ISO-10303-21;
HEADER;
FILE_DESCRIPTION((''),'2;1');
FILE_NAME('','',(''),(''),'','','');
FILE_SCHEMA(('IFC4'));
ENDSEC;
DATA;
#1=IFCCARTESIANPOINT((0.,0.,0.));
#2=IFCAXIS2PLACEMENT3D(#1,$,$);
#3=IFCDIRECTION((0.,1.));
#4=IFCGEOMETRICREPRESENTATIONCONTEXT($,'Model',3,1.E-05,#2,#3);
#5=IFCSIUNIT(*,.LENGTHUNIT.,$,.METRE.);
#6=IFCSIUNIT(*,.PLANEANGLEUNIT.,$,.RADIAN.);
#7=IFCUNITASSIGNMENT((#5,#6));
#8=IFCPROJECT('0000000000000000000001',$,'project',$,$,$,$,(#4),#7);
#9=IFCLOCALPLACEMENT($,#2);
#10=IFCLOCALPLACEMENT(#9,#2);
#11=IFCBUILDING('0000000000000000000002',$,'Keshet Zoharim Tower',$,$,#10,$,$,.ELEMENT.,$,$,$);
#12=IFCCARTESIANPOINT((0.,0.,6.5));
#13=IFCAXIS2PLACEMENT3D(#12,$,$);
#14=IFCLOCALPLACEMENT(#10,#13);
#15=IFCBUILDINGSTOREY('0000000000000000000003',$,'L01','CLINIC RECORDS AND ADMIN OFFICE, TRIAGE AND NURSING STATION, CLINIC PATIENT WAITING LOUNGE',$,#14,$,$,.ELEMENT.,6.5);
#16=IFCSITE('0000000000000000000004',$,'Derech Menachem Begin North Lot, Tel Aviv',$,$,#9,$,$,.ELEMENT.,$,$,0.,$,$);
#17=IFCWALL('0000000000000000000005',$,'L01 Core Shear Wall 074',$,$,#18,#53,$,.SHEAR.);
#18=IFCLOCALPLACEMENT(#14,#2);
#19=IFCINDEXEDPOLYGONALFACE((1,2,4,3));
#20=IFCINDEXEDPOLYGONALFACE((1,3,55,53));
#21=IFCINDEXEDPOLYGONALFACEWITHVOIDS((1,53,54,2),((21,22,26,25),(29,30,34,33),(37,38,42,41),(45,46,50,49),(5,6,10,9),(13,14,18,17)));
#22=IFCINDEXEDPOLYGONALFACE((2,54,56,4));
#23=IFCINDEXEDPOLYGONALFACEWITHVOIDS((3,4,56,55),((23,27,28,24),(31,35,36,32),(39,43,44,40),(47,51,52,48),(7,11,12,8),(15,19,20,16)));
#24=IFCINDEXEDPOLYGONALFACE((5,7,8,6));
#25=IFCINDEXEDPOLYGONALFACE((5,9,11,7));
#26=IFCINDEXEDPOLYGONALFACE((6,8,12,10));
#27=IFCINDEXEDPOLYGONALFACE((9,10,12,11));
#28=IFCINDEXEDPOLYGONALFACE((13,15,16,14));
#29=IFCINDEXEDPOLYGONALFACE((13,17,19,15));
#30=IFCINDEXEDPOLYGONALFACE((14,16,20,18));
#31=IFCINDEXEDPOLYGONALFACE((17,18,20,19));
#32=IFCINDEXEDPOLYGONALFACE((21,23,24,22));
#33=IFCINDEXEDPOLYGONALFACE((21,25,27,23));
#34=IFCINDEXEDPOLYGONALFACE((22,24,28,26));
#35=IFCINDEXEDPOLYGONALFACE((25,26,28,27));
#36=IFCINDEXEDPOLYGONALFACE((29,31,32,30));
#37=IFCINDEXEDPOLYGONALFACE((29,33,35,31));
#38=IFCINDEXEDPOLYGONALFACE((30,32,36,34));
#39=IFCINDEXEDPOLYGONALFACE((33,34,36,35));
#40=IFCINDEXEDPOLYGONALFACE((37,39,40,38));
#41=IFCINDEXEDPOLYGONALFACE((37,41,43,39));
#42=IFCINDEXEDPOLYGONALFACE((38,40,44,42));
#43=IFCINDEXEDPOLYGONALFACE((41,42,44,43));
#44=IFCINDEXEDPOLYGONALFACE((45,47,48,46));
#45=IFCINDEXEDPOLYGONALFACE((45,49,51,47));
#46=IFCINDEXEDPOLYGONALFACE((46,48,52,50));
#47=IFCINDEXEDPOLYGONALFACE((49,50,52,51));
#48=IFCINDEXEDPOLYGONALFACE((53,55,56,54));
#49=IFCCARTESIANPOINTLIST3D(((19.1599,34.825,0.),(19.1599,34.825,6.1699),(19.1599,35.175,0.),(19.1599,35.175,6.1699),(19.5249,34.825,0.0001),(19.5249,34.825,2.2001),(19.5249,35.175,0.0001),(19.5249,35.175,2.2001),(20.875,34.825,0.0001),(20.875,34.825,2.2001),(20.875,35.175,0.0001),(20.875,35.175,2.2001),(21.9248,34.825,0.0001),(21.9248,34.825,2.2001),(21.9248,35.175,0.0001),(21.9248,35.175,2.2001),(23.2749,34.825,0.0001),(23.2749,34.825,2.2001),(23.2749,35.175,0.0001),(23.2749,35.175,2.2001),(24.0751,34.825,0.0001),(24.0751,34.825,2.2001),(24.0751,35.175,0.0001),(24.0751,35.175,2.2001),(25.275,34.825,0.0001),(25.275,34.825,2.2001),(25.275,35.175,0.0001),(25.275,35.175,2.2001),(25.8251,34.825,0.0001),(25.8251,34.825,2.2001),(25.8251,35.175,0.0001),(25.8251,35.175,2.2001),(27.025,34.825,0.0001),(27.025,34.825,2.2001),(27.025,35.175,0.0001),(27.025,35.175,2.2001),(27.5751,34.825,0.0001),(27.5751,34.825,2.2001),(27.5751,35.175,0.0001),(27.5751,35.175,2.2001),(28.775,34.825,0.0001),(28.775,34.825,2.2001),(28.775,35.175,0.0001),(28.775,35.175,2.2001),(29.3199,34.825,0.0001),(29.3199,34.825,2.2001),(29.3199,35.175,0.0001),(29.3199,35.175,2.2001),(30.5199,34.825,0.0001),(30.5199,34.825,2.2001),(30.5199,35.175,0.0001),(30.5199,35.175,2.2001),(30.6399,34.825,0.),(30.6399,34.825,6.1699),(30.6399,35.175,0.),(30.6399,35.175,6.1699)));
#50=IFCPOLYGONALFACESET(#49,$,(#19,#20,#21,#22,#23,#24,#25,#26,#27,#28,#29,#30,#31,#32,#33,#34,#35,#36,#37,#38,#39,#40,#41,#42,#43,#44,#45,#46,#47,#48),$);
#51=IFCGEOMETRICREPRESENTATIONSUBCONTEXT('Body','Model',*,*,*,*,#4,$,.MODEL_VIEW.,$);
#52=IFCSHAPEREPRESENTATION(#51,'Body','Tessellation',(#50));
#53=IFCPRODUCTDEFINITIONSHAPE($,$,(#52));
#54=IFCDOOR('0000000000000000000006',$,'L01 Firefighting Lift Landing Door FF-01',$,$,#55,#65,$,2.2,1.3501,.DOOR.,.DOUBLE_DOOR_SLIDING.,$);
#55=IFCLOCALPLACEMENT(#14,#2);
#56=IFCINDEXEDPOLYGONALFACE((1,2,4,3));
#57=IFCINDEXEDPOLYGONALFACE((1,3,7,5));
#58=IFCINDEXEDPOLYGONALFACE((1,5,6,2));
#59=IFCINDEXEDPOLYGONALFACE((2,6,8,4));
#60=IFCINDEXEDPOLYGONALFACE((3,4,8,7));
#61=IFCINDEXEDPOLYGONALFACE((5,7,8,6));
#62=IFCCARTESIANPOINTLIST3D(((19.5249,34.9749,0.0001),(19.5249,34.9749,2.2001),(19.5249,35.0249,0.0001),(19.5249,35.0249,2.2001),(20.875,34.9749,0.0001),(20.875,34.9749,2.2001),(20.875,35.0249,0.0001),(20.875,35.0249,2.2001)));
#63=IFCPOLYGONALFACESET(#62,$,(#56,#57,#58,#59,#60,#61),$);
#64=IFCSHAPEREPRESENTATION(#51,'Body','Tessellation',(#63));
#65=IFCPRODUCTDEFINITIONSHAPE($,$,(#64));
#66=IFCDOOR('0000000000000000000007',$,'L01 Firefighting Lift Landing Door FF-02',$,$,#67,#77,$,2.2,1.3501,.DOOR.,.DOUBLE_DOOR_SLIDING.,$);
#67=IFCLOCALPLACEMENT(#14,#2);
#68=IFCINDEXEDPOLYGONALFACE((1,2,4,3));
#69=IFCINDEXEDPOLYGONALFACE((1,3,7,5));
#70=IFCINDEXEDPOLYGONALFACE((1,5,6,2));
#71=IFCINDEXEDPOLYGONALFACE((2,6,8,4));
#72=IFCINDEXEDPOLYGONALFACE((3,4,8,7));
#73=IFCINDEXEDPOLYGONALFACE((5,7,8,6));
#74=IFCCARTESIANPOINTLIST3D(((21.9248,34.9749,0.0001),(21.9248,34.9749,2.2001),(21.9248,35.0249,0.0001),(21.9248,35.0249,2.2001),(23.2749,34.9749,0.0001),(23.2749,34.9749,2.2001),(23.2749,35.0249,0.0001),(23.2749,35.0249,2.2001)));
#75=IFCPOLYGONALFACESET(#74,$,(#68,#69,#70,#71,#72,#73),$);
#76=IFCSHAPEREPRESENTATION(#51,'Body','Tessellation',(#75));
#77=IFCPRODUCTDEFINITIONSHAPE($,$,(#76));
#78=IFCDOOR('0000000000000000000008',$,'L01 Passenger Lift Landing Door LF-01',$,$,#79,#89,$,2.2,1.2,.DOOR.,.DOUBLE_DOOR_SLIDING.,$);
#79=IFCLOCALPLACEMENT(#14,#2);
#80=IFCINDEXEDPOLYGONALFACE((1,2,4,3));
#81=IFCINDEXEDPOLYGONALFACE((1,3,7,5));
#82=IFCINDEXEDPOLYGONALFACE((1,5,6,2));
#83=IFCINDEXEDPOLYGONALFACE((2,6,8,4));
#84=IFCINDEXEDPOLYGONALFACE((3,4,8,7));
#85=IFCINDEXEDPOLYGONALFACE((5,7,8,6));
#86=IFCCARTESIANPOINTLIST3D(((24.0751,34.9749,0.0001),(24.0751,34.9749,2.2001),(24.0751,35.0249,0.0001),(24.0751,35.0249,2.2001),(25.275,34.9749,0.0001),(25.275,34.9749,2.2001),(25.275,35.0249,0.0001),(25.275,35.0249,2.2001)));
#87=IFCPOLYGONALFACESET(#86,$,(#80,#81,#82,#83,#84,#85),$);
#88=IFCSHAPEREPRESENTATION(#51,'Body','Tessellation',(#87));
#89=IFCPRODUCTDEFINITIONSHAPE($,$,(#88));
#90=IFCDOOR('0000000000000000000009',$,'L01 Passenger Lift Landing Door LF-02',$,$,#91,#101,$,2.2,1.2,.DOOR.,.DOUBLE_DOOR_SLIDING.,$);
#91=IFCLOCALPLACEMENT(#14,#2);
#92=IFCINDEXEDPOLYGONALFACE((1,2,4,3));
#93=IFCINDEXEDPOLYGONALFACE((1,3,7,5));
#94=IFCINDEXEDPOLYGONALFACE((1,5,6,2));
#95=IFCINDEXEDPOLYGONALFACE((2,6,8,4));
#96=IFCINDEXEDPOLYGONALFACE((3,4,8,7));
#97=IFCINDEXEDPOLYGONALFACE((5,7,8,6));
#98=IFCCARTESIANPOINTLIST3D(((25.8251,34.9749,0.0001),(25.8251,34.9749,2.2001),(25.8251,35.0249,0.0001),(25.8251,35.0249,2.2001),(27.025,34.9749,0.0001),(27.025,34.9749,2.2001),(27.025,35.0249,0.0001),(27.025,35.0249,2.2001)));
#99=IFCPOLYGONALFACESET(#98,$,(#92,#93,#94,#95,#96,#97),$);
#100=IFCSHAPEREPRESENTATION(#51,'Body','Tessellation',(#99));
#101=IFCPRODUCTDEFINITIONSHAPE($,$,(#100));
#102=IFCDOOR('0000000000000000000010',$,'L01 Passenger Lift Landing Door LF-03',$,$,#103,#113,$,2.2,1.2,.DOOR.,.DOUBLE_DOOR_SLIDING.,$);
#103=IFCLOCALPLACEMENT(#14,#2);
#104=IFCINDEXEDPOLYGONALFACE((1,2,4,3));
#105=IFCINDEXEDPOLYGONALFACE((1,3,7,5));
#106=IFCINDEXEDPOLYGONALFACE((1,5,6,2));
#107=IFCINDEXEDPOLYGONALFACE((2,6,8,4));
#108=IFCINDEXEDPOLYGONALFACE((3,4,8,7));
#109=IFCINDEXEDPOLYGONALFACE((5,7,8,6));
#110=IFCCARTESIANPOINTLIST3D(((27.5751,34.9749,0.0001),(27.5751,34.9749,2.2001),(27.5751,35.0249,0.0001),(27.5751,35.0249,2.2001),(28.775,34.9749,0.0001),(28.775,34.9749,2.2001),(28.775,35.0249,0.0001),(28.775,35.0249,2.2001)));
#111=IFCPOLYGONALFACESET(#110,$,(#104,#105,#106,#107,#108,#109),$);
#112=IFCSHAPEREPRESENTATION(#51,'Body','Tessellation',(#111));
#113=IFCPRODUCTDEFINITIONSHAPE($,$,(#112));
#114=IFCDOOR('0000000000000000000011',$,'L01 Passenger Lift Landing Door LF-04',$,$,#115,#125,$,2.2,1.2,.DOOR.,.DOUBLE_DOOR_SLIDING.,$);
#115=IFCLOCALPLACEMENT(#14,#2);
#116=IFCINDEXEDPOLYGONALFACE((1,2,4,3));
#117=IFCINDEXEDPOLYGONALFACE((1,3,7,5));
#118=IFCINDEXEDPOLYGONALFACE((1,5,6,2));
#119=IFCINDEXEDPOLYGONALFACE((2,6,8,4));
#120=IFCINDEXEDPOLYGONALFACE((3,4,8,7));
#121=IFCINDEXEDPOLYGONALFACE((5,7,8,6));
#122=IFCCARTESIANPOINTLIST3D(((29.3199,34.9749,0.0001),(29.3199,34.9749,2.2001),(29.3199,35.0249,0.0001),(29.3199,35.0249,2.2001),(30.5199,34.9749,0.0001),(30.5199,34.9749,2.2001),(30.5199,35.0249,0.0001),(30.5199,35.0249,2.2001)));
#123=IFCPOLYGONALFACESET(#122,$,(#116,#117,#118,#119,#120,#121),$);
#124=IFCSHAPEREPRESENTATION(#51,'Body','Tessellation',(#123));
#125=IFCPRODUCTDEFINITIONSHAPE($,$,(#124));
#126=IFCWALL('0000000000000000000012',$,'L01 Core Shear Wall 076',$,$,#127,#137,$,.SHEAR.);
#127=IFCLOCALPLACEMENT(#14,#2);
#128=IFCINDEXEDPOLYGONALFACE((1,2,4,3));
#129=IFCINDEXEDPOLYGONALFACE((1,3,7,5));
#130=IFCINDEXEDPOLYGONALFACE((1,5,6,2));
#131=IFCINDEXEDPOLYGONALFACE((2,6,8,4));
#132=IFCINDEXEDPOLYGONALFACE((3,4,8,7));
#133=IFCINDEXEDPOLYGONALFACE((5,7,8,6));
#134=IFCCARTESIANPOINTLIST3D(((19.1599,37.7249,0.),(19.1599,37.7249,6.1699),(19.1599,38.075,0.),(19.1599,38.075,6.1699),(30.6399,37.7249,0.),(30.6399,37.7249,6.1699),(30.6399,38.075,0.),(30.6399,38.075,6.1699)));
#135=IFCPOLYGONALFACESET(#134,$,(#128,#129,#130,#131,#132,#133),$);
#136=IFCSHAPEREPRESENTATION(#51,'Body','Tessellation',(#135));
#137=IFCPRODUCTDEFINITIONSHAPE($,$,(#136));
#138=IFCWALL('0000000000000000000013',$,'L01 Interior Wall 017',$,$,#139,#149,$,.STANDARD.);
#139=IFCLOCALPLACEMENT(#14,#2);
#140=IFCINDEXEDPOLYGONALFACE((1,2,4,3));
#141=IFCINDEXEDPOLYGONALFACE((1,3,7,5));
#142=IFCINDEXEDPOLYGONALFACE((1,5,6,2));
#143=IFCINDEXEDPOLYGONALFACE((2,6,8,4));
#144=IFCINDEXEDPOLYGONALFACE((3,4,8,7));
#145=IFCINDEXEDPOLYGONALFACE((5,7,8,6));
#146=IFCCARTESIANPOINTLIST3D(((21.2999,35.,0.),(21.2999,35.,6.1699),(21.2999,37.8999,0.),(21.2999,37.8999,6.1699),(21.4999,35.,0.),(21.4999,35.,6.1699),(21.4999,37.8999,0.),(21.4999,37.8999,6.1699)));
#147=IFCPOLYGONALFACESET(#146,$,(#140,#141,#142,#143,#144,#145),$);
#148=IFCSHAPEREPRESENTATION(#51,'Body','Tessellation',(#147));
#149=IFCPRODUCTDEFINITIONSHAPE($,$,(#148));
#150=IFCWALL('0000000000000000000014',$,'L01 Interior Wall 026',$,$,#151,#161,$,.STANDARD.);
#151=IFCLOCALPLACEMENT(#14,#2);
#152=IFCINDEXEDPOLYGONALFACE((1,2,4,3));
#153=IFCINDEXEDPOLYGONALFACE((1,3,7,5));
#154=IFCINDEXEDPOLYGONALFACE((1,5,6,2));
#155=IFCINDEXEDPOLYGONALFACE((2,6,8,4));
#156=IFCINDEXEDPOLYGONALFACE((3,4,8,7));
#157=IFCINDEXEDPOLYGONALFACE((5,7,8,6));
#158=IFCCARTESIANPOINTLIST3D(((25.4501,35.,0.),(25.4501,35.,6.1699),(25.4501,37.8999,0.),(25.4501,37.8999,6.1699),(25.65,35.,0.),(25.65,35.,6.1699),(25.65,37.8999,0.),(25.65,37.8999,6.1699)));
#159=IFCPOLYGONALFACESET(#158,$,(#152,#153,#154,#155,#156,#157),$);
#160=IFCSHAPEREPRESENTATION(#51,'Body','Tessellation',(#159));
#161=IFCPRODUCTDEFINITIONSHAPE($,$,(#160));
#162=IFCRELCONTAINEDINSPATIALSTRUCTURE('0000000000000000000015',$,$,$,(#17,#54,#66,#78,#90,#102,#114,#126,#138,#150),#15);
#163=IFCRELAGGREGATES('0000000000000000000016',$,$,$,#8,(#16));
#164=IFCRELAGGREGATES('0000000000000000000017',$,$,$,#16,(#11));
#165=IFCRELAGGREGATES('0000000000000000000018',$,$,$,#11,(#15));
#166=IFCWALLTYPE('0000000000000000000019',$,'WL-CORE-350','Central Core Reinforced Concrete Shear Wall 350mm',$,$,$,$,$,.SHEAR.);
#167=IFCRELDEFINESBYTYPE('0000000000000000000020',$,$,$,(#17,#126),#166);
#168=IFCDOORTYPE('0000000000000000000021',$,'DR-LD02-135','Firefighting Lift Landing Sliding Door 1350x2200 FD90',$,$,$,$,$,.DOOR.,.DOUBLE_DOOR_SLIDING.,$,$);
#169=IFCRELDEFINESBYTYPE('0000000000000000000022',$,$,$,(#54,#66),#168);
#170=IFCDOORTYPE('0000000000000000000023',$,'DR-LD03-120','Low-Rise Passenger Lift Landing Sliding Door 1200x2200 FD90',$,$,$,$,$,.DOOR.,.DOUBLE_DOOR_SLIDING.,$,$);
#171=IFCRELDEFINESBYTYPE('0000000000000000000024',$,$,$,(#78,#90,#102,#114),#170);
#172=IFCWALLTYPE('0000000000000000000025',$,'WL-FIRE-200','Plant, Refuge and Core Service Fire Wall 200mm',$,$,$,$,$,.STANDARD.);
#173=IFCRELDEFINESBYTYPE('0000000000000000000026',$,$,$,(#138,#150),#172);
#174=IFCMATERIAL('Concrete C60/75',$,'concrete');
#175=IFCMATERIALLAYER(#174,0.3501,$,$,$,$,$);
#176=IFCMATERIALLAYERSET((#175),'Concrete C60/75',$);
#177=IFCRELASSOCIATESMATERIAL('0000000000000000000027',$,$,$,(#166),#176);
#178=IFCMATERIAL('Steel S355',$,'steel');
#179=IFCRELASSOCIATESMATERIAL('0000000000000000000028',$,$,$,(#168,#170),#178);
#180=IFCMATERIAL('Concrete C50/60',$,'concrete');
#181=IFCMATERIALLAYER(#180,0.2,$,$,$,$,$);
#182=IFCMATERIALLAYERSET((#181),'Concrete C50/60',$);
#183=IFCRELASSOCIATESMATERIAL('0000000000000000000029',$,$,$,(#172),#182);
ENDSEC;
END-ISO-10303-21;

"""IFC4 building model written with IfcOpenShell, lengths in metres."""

from ifc_helpers import new_model, si_unit, direction, frame, frame_2d, origin, place, context, subcontext, project, spatial, rectangle, extrude, material, layer, layer_set, type_object, element, fill, save


model = new_model("IFC4")

# Units and contexts
model_context = context("Model", 3, precision=1e-05, world=origin(), true_north=direction((0.0, 1.0)))
body_context = subcontext(model_context, "Body", "Model", "MODEL_VIEW")
ifc_project = project(units=[si_unit("LENGTHUNIT", "METRE"), si_unit("PLANEANGLEUNIT", "RADIAN")], contexts=[model_context])

# Site, building, storey
site_placement = place(None, origin())
site = spatial("IfcSite", under=ifc_project, at=site_placement, Name="Derech Menachem Begin North Lot, Tel Aviv", CompositionType="ELEMENT", RefElevation=0.0)
building_placement = place(site_placement, origin())
building = spatial("IfcBuilding", under=site, at=building_placement, Name="Keshet Zoharim Tower", CompositionType="ELEMENT")
storey_placement = place(building_placement, frame((0.0, 0.0, 6.5)))
storey = spatial("IfcBuildingStorey", under=building, at=storey_placement, Name="L01", Description="CLINIC RECORDS AND ADMIN OFFICE, TRIAGE AND NURSING STATION, CLINIC PATIENT WAITING LOUNGE", CompositionType="ELEMENT", Elevation=6.5)

# Shared definitions
ifc_material_1 = material(Name="Concrete C60/75", Category="concrete")

# Shared definitions
ifc_material_2 = material(Name="Steel S355", Category="steel")
ifc_material_3 = material(Name="Concrete C50/60", Category="concrete")

# Shared definitions
ifc_layer_1 = layer(ifc_material_1, 0.3501)
ifc_layer_set_1 = layer_set([ifc_layer_1], Name="Concrete C60/75")
wall_type_1 = type_object("IfcWallType", Name="WL-CORE-350", Description="Central Core Reinforced Concrete Shear Wall 350mm", PredefinedType="SHEAR", material=ifc_layer_set_1)

# Wall, openings, doors
wall_1_placement = place(storey_placement, frame((19.1599, 35.0, 0.0), z_axis=(0.0, 0.0, 1.0), x_axis=(1.0, 0.0, 0.0)))
wall_1 = element("IfcWall", 1, at=wall_1_placement, inside=storey, type_object=wall_type_1, Name="L01 Core Shear Wall 074", PredefinedType="SHEAR", context=body_context, shape_type="SweptSolid", body=[
    extrude(rectangle(XDim=11.48, YDim=0.3501, at=frame_2d((5.74, 0.0))), origin(), (0.0, 0.0, 1.0), 6.1699),
])
opening_1_placement = place(wall_1_placement, frame((0.365, 0.0, 0.0)))
opening_1 = element("IfcOpeningElement", 2, at=opening_1_placement, cuts=wall_1, PredefinedType="OPENING", context=body_context, shape_type="SweptSolid", body=[
    extrude(rectangle(XDim=1.3501, YDim=2.2, at=frame_2d((0.675, 1.1001))), frame((0.0, 0.1851, 0.0), z_axis=(0.0, -1.0, 0.0), x_axis=(1.0, 0.0, 0.0)), (0.0, 0.0, 1.0), 0.3701),
])
opening_2_placement = place(wall_1_placement, frame((2.7649, 0.0, 0.0)))
opening_2 = element("IfcOpeningElement", 3, at=opening_2_placement, cuts=wall_1, PredefinedType="OPENING", context=body_context, shape_type="SweptSolid", body=[
    extrude(rectangle(XDim=1.3501, YDim=2.2, at=frame_2d((0.675, 1.1001))), frame((0.0, 0.1851, 0.0), z_axis=(0.0, -1.0, 0.0), x_axis=(1.0, 0.0, 0.0)), (0.0, 0.0, 1.0), 0.3701),
])
opening_3_placement = place(wall_1_placement, frame((4.915, 0.0, 0.0)))
opening_3 = element("IfcOpeningElement", 4, at=opening_3_placement, cuts=wall_1, PredefinedType="OPENING", context=body_context, shape_type="SweptSolid", body=[
    extrude(rectangle(XDim=1.2, YDim=2.2, at=frame_2d((0.6001, 1.1001))), frame((0.0, 0.1851, 0.0), z_axis=(0.0, -1.0, 0.0), x_axis=(1.0, 0.0, 0.0)), (0.0, 0.0, 1.0), 0.3701),
])
opening_4_placement = place(wall_1_placement, frame((6.665, 0.0, 0.0)))
opening_4 = element("IfcOpeningElement", 5, at=opening_4_placement, cuts=wall_1, PredefinedType="OPENING", context=body_context, shape_type="SweptSolid", body=[
    extrude(rectangle(XDim=1.2, YDim=2.2, at=frame_2d((0.6001, 1.1001))), frame((0.0, 0.1851, 0.0), z_axis=(0.0, -1.0, 0.0), x_axis=(1.0, 0.0, 0.0)), (0.0, 0.0, 1.0), 0.3701),
])
opening_5_placement = place(wall_1_placement, frame((8.415, 0.0, 0.0)))
opening_5 = element("IfcOpeningElement", 6, at=opening_5_placement, cuts=wall_1, PredefinedType="OPENING", context=body_context, shape_type="SweptSolid", body=[
    extrude(rectangle(XDim=1.2, YDim=2.2, at=frame_2d((0.6001, 1.1001))), frame((0.0, 0.1851, 0.0), z_axis=(0.0, -1.0, 0.0), x_axis=(1.0, 0.0, 0.0)), (0.0, 0.0, 1.0), 0.3701),
])
opening_6_placement = place(wall_1_placement, frame((10.1599, 0.0, 0.0)))
opening_6 = element("IfcOpeningElement", 7, at=opening_6_placement, cuts=wall_1, PredefinedType="OPENING", context=body_context, shape_type="SweptSolid", body=[
    extrude(rectangle(XDim=1.2, YDim=2.2, at=frame_2d((0.6001, 1.1001))), frame((0.0, 0.1851, 0.0), z_axis=(0.0, -1.0, 0.0), x_axis=(1.0, 0.0, 0.0)), (0.0, 0.0, 1.0), 0.3701),
])
door_type_1 = type_object("IfcDoorType", Name="DR-LD02-135", Description="Firefighting Lift Landing Sliding Door 1350x2200 FD90", OperationType="DOUBLE_DOOR_SLIDING", PredefinedType="DOOR", material=ifc_material_2)
door_1_placement = place(opening_1_placement, origin())
door_1 = element("IfcDoor", 8, at=door_1_placement, inside=storey, type_object=door_type_1, Name="L01 Firefighting Lift Landing Door FF-01", OperationType="DOUBLE_DOOR_SLIDING", OverallHeight=2.2, OverallWidth=1.3501, PredefinedType="DOOR", context=body_context, shape_type="SweptSolid", body=[
    extrude(rectangle(XDim=1.3501, YDim=2.2, at=frame_2d((0.675, 1.1001))), frame((0.0, 0.0249, 0.0), z_axis=(0.0, -1.0, 0.0), x_axis=(1.0, 0.0, 0.0)), (0.0, 0.0, 1.0), 0.05),
])
fill(opening_1, door_1)
door_2_placement = place(opening_2_placement, origin())
door_2 = element("IfcDoor", 9, at=door_2_placement, inside=storey, type_object=door_type_1, Name="L01 Firefighting Lift Landing Door FF-02", OperationType="DOUBLE_DOOR_SLIDING", OverallHeight=2.2, OverallWidth=1.3501, PredefinedType="DOOR", context=body_context, shape_type="SweptSolid", body=[
    extrude(rectangle(XDim=1.3501, YDim=2.2, at=frame_2d((0.675, 1.1001))), frame((0.0, 0.0249, 0.0), z_axis=(0.0, -1.0, 0.0), x_axis=(1.0, 0.0, 0.0)), (0.0, 0.0, 1.0), 0.05),
])
fill(opening_2, door_2)
door_type_2 = type_object("IfcDoorType", Name="DR-LD03-120", Description="Low-Rise Passenger Lift Landing Sliding Door 1200x2200 FD90", OperationType="DOUBLE_DOOR_SLIDING", PredefinedType="DOOR", material=ifc_material_2)
door_3_placement = place(opening_3_placement, origin())
door_3 = element("IfcDoor", 10, at=door_3_placement, inside=storey, type_object=door_type_2, Name="L01 Passenger Lift Landing Door LF-01", OperationType="DOUBLE_DOOR_SLIDING", OverallHeight=2.2, OverallWidth=1.2, PredefinedType="DOOR", context=body_context, shape_type="SweptSolid", body=[
    extrude(rectangle(XDim=1.2, YDim=2.2, at=frame_2d((0.6001, 1.1001))), frame((0.0, 0.0249, 0.0), z_axis=(0.0, -1.0, 0.0), x_axis=(1.0, 0.0, 0.0)), (0.0, 0.0, 1.0), 0.05),
])
fill(opening_3, door_3)
door_4_placement = place(opening_4_placement, origin())
door_4 = element("IfcDoor", 11, at=door_4_placement, inside=storey, type_object=door_type_2, Name="L01 Passenger Lift Landing Door LF-02", OperationType="DOUBLE_DOOR_SLIDING", OverallHeight=2.2, OverallWidth=1.2, PredefinedType="DOOR", context=body_context, shape_type="SweptSolid", body=[
    extrude(rectangle(XDim=1.2, YDim=2.2, at=frame_2d((0.6001, 1.1001))), frame((0.0, 0.0249, 0.0), z_axis=(0.0, -1.0, 0.0), x_axis=(1.0, 0.0, 0.0)), (0.0, 0.0, 1.0), 0.05),
])
fill(opening_4, door_4)
door_5_placement = place(opening_5_placement, origin())
door_5 = element("IfcDoor", 12, at=door_5_placement, inside=storey, type_object=door_type_2, Name="L01 Passenger Lift Landing Door LF-03", OperationType="DOUBLE_DOOR_SLIDING", OverallHeight=2.2, OverallWidth=1.2, PredefinedType="DOOR", context=body_context, shape_type="SweptSolid", body=[
    extrude(rectangle(XDim=1.2, YDim=2.2, at=frame_2d((0.6001, 1.1001))), frame((0.0, 0.0249, 0.0), z_axis=(0.0, -1.0, 0.0), x_axis=(1.0, 0.0, 0.0)), (0.0, 0.0, 1.0), 0.05),
])
fill(opening_5, door_5)
door_6_placement = place(opening_6_placement, origin())
door_6 = element("IfcDoor", 13, at=door_6_placement, inside=storey, type_object=door_type_2, Name="L01 Passenger Lift Landing Door LF-04", OperationType="DOUBLE_DOOR_SLIDING", OverallHeight=2.2, OverallWidth=1.2, PredefinedType="DOOR", context=body_context, shape_type="SweptSolid", body=[
    extrude(rectangle(XDim=1.2, YDim=2.2, at=frame_2d((0.6001, 1.1001))), frame((0.0, 0.0249, 0.0), z_axis=(0.0, -1.0, 0.0), x_axis=(1.0, 0.0, 0.0)), (0.0, 0.0, 1.0), 0.05),
])
fill(opening_6, door_6)

# Walls
wall_2_placement = place(storey_placement, frame((19.1599, 37.8999, 0.0), z_axis=(0.0, 0.0, 1.0), x_axis=(1.0, 0.0, 0.0)))
element("IfcWall", 14, at=wall_2_placement, inside=storey, type_object=wall_type_1, Name="L01 Core Shear Wall 076", PredefinedType="SHEAR", context=body_context, shape_type="SweptSolid", body=[
    extrude(rectangle(XDim=11.48, YDim=0.3501, at=frame_2d((5.74, 0.0))), origin(), (0.0, 0.0, 1.0), 6.1699),
])
ifc_layer_2 = layer(ifc_material_3, 0.2)
ifc_layer_set_2 = layer_set([ifc_layer_2], Name="Concrete C50/60")
wall_type_2 = type_object("IfcWallType", Name="WL-FIRE-200", Description="Plant, Refuge and Core Service Fire Wall 200mm", PredefinedType="STANDARD", material=ifc_layer_set_2)
for number, where, z_axis, x_axis, name in (
    (15, (21.3999, 35.0, 0.0), (0.0, 0.0, 1.0), (0.0, 1.0, 0.0), "L01 Interior Wall 017"),
    (16, (25.55, 35.0, 0.0), (0.0, 0.0, 1.0), (0.0, 1.0, 0.0), "L01 Interior Wall 026"),
):
    element("IfcWall", number, at=place(storey_placement, frame(where, z_axis=z_axis, x_axis=x_axis)), inside=storey, type_object=wall_type_2, Name=name, PredefinedType="STANDARD", context=body_context, shape_type="SweptSolid", body=[
        extrude(rectangle(XDim=2.8999, YDim=0.2, at=frame_2d((1.45, 0.0))), origin(), (0.0, 0.0, 1.0), 6.1699),
    ])

save(model, "model.ifc")
